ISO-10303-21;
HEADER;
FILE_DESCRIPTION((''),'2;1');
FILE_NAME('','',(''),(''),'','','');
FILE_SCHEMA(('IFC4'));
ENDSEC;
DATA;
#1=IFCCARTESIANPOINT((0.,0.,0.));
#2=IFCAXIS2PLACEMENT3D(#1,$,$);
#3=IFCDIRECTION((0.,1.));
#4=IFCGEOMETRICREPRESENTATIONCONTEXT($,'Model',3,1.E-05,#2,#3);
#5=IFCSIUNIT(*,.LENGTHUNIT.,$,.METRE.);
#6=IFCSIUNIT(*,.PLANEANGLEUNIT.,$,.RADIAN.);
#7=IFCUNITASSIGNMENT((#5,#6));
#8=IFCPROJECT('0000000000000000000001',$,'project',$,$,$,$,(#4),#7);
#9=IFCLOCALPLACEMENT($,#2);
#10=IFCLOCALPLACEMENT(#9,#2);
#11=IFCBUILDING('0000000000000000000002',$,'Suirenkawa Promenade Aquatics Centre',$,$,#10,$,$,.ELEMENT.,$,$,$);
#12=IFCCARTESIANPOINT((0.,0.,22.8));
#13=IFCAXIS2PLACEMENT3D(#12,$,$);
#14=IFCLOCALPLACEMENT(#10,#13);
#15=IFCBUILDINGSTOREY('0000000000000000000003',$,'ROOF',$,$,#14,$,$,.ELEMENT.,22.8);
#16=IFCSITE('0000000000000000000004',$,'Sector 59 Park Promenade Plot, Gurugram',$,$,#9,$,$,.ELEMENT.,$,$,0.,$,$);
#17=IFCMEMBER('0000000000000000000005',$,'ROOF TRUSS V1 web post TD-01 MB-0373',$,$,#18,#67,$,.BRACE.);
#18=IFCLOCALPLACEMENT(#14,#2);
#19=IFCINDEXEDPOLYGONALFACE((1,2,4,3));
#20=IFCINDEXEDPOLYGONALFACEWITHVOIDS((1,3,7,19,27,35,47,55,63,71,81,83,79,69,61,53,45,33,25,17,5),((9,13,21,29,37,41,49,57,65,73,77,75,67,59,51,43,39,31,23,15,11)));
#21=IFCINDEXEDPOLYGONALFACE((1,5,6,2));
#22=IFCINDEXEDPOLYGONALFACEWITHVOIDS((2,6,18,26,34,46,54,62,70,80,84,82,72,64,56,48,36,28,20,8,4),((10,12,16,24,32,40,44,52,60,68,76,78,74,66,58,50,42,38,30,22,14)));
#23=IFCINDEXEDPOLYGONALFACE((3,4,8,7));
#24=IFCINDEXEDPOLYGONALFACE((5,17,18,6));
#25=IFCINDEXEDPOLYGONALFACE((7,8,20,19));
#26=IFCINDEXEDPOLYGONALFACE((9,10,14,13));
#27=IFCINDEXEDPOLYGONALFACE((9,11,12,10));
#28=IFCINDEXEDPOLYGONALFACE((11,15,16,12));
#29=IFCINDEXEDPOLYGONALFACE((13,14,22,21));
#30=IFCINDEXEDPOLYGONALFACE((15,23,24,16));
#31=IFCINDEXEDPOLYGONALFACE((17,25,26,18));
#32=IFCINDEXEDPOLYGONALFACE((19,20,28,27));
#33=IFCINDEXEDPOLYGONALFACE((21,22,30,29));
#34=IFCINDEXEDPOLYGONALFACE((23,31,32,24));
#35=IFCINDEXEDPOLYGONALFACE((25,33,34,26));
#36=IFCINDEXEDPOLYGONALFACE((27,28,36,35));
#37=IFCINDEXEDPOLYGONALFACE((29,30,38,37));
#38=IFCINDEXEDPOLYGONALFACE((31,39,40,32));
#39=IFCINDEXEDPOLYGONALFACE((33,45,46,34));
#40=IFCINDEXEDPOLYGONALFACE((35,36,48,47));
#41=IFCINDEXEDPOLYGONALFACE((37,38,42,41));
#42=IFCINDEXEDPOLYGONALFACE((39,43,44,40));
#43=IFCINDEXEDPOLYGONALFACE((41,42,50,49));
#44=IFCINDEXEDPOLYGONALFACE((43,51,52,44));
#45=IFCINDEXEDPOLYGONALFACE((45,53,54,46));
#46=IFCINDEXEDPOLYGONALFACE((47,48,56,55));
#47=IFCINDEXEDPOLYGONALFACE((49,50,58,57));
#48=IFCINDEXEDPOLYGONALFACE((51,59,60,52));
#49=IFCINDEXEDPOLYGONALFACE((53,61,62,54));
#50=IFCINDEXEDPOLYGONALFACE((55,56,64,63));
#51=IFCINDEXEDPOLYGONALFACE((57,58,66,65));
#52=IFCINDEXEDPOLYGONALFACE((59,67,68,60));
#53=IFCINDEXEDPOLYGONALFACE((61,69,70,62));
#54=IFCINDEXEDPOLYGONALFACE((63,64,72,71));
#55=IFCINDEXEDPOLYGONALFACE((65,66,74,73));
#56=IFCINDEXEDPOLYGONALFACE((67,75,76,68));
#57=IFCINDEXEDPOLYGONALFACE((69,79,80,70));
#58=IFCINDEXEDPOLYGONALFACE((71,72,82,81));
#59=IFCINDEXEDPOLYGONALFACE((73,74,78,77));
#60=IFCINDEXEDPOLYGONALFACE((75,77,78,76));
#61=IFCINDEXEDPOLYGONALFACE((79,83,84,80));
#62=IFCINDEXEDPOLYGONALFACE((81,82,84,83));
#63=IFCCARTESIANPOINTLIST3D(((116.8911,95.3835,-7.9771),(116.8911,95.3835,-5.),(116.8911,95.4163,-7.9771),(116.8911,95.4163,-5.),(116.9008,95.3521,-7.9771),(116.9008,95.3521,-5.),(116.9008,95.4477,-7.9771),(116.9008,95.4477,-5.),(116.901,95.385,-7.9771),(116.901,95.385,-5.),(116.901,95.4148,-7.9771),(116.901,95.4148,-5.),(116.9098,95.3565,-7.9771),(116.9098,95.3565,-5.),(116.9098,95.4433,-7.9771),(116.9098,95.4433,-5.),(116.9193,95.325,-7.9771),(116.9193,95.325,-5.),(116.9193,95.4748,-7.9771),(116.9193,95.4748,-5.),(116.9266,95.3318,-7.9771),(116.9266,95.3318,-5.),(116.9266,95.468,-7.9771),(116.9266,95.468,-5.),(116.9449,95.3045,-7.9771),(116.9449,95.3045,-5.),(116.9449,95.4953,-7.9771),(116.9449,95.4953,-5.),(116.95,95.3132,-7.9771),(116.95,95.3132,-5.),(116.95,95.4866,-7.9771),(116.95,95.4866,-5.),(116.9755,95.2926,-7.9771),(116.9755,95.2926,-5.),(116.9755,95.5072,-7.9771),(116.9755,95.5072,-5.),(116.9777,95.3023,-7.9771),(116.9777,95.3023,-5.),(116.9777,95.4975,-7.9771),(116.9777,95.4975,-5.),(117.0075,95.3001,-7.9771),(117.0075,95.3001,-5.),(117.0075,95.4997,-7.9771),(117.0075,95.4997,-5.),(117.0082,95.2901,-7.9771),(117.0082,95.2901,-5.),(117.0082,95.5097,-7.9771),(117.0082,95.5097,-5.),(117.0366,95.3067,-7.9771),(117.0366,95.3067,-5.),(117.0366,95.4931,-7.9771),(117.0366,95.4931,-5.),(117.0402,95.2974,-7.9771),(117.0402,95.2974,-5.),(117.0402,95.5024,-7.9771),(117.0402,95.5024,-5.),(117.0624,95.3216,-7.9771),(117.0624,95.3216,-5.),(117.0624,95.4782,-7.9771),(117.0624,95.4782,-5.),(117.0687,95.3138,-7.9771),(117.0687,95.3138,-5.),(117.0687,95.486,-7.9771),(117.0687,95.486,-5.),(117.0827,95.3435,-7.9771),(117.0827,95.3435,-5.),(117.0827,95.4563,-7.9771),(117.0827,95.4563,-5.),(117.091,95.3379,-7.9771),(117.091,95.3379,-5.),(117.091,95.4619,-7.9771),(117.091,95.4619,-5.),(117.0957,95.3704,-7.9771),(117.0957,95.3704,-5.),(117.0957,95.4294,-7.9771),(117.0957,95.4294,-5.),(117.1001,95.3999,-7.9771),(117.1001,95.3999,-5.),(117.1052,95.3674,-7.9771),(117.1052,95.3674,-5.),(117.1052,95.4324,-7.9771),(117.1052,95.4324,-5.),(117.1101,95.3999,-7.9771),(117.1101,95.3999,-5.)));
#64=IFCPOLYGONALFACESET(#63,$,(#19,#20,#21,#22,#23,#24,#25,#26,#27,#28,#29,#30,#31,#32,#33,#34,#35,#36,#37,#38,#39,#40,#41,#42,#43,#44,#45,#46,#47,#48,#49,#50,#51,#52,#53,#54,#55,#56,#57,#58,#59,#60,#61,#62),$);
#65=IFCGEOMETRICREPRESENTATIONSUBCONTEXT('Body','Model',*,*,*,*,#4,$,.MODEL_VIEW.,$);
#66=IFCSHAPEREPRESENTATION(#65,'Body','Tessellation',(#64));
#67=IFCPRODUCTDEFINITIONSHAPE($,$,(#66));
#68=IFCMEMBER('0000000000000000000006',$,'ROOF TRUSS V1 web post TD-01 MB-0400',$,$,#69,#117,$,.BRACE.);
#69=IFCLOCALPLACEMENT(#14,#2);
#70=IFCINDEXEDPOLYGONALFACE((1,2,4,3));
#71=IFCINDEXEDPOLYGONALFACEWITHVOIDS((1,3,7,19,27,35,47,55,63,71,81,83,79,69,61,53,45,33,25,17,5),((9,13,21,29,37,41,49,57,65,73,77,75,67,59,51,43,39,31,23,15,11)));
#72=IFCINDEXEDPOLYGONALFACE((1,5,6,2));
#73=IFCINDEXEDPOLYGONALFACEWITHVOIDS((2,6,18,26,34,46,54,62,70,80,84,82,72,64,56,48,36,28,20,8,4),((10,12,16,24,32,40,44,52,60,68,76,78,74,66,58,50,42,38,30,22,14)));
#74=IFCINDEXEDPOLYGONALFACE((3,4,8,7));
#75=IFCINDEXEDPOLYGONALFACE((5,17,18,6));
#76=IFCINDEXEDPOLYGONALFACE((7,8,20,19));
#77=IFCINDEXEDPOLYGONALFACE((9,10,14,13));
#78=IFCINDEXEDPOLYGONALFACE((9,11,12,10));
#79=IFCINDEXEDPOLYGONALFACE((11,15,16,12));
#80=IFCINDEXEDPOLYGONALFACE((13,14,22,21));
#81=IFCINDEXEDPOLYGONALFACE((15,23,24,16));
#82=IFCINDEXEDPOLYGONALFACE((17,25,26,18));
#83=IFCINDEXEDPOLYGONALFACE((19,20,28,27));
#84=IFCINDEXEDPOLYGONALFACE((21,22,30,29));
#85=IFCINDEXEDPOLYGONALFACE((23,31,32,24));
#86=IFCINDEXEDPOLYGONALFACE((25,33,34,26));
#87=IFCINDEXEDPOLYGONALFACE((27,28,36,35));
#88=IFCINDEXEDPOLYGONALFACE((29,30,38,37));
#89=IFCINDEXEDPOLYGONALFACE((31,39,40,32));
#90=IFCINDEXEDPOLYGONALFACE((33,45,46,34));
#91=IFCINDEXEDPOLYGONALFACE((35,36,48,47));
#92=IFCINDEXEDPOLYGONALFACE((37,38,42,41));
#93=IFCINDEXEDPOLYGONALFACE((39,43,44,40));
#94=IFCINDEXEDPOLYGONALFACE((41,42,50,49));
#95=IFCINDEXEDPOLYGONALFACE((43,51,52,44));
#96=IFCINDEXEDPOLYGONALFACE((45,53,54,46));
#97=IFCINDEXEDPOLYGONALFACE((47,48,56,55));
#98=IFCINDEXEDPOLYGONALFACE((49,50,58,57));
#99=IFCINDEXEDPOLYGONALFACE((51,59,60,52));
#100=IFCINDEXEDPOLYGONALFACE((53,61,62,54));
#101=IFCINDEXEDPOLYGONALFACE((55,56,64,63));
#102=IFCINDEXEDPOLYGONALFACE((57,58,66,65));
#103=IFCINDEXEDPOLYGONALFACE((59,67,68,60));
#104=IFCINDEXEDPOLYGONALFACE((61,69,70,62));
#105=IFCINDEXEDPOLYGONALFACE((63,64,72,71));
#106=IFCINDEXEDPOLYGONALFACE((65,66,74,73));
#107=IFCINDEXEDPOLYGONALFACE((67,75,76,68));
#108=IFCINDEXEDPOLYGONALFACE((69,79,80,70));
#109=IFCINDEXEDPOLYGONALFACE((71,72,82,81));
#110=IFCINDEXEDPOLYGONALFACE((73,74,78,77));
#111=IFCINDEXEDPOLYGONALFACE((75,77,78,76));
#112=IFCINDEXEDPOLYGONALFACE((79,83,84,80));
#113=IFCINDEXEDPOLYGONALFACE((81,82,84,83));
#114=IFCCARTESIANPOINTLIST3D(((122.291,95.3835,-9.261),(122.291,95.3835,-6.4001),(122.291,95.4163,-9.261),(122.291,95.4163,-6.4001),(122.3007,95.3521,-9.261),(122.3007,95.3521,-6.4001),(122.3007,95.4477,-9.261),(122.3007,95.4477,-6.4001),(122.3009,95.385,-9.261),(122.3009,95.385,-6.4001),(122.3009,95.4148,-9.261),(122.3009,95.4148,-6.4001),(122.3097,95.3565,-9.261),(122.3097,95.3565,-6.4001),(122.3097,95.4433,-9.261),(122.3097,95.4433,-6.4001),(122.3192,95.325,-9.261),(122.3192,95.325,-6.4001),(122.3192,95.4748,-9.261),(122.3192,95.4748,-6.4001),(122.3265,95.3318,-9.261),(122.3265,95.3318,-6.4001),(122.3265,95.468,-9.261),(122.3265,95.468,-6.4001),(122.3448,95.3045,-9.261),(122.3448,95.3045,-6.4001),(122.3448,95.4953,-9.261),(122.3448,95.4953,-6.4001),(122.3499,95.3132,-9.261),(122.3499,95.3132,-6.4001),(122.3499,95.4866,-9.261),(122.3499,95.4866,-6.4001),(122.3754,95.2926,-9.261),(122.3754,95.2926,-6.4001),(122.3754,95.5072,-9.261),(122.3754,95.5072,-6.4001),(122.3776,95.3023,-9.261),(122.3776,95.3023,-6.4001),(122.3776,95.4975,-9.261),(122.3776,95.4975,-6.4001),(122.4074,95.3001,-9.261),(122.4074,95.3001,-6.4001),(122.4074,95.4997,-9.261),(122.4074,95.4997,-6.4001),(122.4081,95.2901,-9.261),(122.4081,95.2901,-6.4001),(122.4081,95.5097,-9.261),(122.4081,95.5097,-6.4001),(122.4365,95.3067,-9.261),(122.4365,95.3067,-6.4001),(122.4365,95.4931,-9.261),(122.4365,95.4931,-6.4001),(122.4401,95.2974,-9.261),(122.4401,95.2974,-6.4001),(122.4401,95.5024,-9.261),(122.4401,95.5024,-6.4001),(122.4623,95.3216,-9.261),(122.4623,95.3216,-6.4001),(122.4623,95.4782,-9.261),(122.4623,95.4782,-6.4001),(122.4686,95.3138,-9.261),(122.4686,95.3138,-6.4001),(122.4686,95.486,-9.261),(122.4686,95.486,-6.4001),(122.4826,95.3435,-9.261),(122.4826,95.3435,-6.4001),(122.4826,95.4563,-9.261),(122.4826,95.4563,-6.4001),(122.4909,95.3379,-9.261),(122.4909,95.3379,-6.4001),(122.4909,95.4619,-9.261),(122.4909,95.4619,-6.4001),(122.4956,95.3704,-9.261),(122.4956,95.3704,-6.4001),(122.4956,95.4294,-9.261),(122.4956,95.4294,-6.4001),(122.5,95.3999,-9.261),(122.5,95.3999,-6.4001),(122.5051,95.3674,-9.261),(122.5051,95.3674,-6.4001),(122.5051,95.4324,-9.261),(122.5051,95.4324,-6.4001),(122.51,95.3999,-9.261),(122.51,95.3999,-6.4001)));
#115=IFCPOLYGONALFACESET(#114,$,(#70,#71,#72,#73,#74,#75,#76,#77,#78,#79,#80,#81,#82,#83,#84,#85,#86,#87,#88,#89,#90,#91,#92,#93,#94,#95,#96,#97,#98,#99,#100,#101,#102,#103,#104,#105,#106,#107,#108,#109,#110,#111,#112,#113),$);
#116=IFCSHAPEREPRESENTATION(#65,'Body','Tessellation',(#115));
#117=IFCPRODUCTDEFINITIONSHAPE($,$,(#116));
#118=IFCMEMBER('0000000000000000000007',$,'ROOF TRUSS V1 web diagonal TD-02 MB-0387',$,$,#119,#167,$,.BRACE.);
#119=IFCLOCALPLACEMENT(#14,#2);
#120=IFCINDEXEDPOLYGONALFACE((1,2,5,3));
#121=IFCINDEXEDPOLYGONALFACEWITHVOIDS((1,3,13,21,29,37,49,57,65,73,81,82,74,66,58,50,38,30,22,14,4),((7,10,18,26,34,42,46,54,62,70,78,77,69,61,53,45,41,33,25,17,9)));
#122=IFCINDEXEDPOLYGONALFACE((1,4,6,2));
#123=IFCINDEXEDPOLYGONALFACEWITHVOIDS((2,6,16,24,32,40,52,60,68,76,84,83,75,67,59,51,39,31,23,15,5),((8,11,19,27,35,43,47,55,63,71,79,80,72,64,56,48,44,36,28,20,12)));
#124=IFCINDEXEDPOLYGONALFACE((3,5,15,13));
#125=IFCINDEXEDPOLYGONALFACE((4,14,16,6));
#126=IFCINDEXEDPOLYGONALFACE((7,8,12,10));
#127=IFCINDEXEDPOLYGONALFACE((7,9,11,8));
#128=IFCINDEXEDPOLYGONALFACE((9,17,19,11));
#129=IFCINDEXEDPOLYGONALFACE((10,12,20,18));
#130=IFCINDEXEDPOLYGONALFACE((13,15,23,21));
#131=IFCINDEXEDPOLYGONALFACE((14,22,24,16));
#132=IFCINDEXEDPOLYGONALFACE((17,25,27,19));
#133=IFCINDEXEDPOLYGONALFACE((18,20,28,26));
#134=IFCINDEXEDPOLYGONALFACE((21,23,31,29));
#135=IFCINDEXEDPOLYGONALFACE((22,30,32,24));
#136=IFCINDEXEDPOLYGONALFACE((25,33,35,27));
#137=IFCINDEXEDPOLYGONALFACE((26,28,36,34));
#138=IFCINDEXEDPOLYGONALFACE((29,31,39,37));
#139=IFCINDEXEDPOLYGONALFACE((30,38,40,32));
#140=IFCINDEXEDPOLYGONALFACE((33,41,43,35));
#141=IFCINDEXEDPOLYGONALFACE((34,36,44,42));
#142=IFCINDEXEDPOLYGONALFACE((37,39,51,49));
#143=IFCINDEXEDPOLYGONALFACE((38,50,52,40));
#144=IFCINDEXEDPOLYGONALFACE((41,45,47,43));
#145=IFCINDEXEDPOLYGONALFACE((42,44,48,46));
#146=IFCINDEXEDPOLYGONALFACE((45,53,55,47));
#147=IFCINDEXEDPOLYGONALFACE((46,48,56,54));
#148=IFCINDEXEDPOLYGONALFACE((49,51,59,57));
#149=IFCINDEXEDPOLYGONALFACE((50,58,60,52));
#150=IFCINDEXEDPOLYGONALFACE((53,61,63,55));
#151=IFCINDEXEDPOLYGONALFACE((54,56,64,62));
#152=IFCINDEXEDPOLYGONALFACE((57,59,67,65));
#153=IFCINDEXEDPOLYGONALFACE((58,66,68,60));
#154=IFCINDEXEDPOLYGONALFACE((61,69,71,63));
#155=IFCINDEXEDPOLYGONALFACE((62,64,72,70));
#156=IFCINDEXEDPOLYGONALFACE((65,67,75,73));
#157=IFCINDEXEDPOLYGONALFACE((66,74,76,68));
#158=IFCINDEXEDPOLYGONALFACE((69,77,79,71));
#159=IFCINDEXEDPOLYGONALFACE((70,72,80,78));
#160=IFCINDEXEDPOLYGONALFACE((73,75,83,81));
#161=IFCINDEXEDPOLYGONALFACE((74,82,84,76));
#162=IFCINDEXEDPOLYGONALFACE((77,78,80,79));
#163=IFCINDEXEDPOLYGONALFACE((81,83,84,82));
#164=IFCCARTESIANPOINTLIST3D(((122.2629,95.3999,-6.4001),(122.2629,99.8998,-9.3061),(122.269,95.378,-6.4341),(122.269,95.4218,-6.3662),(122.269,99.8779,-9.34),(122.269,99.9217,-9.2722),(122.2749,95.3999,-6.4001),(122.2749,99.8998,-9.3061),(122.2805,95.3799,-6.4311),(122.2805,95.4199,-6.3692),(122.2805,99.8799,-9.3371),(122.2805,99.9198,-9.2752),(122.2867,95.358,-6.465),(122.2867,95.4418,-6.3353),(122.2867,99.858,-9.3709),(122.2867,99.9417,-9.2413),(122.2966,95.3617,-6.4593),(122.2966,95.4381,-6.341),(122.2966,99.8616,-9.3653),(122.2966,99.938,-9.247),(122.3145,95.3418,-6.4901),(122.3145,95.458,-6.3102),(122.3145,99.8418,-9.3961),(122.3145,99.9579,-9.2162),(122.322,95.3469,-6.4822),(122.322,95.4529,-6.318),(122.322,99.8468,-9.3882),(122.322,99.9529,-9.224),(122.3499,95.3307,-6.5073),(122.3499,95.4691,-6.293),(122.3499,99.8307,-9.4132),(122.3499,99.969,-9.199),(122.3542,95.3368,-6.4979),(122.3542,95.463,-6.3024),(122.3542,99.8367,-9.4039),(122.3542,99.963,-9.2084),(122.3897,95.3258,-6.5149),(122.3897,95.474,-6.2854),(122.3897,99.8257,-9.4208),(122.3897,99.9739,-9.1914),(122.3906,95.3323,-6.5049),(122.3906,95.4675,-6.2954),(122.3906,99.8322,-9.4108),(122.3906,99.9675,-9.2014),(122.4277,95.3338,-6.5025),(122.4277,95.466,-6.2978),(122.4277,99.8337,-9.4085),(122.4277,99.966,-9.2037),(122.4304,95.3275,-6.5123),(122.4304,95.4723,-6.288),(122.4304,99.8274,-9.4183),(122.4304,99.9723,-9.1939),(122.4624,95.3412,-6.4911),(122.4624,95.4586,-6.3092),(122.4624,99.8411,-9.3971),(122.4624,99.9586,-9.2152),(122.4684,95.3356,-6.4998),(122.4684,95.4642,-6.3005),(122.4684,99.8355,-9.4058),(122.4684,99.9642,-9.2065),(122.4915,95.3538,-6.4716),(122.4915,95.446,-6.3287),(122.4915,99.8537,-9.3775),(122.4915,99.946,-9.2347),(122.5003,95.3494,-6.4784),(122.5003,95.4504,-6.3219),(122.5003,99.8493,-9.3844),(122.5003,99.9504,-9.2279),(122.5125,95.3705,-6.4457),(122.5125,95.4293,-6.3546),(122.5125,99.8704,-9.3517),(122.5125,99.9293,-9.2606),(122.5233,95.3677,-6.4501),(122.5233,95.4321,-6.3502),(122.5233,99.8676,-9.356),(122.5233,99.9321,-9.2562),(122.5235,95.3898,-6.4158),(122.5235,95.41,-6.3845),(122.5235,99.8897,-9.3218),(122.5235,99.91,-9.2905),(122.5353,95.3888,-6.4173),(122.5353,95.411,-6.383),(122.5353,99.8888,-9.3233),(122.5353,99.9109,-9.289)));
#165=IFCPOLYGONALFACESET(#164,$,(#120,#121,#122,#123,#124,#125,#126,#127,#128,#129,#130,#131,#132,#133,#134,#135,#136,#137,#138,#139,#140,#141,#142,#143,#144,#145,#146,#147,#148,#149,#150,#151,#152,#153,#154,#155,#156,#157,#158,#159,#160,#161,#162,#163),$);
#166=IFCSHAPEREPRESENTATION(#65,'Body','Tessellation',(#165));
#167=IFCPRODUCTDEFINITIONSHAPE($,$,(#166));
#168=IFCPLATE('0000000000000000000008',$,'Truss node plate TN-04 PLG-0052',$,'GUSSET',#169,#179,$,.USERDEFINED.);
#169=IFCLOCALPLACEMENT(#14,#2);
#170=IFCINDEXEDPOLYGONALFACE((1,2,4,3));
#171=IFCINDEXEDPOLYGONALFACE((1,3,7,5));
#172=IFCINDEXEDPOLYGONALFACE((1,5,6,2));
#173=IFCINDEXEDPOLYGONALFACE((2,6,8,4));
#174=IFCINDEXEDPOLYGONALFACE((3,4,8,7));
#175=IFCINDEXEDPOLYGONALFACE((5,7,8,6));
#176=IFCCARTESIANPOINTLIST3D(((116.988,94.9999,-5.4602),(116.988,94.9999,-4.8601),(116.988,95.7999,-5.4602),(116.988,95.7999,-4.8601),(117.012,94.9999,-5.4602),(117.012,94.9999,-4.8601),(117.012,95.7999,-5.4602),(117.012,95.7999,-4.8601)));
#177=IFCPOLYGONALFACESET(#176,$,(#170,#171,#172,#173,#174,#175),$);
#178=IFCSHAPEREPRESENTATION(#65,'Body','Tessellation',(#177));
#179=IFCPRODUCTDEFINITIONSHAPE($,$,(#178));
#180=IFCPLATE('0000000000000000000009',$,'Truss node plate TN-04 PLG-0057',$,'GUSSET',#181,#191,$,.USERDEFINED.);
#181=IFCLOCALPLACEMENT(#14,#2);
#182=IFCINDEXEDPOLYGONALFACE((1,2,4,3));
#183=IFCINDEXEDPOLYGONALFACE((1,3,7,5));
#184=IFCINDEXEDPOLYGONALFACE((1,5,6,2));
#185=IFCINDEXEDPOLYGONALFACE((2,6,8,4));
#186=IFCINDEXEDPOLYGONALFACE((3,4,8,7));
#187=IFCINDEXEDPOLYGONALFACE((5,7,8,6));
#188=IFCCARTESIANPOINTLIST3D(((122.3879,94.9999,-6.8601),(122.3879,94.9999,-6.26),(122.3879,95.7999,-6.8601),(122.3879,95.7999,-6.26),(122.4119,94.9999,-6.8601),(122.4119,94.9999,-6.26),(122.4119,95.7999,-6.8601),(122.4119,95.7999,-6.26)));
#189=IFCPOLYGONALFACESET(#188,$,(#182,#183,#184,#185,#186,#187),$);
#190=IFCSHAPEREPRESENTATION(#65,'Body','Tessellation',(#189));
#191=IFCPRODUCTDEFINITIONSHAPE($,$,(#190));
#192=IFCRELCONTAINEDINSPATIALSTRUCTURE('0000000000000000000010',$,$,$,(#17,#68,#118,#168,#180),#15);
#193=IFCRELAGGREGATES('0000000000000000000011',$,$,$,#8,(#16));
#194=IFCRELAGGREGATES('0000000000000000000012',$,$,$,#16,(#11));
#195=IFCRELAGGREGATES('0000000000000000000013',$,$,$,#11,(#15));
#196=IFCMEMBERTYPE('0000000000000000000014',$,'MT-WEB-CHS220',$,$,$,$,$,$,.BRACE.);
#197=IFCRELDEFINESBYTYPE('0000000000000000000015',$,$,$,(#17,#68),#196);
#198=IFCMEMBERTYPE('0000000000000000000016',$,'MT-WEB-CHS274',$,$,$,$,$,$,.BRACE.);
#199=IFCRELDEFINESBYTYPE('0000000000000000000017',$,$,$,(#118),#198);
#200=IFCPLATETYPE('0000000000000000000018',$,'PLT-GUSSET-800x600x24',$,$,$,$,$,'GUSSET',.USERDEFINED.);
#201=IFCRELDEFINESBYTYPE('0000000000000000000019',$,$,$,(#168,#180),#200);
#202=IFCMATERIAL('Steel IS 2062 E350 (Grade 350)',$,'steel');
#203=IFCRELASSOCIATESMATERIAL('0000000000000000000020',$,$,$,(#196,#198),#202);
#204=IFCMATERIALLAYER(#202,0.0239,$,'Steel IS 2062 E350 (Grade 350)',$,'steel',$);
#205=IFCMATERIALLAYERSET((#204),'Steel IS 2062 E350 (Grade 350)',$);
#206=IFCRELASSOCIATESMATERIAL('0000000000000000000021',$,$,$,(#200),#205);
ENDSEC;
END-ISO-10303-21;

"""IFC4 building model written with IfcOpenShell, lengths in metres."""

from ifc_helpers import new_model, si_unit, direction, frame, origin, origin_2d, place, context, subcontext, project, spatial, rectangle, hollow_circle, extrude, material, layer, layer_set, material_profile, profile_set, type_object, element, save


model = new_model("IFC4")

# Units and contexts
model_context = context("Model", 3, precision=1e-05, world=origin(), true_north=direction((0.0, 1.0)))
body_context = subcontext(model_context, "Body", "Model", "MODEL_VIEW")
ifc_project = project(units=[si_unit("LENGTHUNIT", "METRE"), si_unit("PLANEANGLEUNIT", "RADIAN")], contexts=[model_context])

# Site, building, storey
site_placement = place(None, origin())
site = spatial("IfcSite", under=ifc_project, at=site_placement, Name="Sector 59 Park Promenade Plot, Gurugram", CompositionType="ELEMENT", RefElevation=0.0)
building_placement = place(site_placement, origin())
building = spatial("IfcBuilding", under=site, at=building_placement, Name="Suirenkawa Promenade Aquatics Centre", CompositionType="ELEMENT")
storey_placement = place(building_placement, frame((0.0, 0.0, 22.8)))
storey = spatial("IfcBuildingStorey", under=building, at=storey_placement, Name="ROOF", CompositionType="ELEMENT", Elevation=22.8)

# Shared definitions
ifc_material_1 = material(Name="Steel IS 2062 E350 (Grade 350)", Category="steel")

# Members
ifc_material_profile_1 = material_profile(ifc_material_1, hollow_circle(Radius=0.1101, WallThickness=0.01, at=origin_2d()), Name="CHS 220x10", Category="steel")
ifc_profile_set_1 = profile_set([ifc_material_profile_1], Name="Steel IS 2062 E350 (Grade 350)")
member_type_1 = type_object("IfcMemberType", Name="MT-WEB-CHS220", PredefinedType="BRACE", material=ifc_profile_set_1)
member_1_placement = place(storey_placement, frame((117.0, 95.3999, -7.9771), z_axis=(0.0, 0.0, 1.0), x_axis=(1.0, 0.0, 0.0)))
element("IfcMember", 1, at=member_1_placement, inside=storey, type_object=member_type_1, Name="ROOF TRUSS V1 web post TD-01 MB-0373", PredefinedType="BRACE", context=body_context, shape_type="SweptSolid", body=[
    extrude(hollow_circle(Radius=0.1101, WallThickness=0.01, at=origin_2d()), origin(), (0.0, 0.0, 1.0), 2.9771),
])
member_2_placement = place(storey_placement, frame((122.3999, 95.3999, -9.261), z_axis=(0.0, 0.0, 1.0), x_axis=(1.0, 0.0, 0.0)))
element("IfcMember", 2, at=member_2_placement, inside=storey, type_object=member_type_1, Name="ROOF TRUSS V1 web post TD-01 MB-0400", PredefinedType="BRACE", context=body_context, shape_type="SweptSolid", body=[
    extrude(hollow_circle(Radius=0.1101, WallThickness=0.01, at=origin_2d()), origin(), (0.0, 0.0, 1.0), 2.8608),
])
ifc_material_profile_2 = material_profile(ifc_material_1, hollow_circle(Radius=0.137, WallThickness=0.012, at=origin_2d()), Name="CHS 274x12", Category="steel")
ifc_profile_set_2 = profile_set([ifc_material_profile_2], Name="Steel IS 2062 E350 (Grade 350)")
member_type_2 = type_object("IfcMemberType", Name="MT-WEB-CHS274", PredefinedType="BRACE", material=ifc_profile_set_2)
member_3_placement = place(storey_placement, frame((122.3999, 95.3999, -6.4001), z_axis=(0.0, 0.84006, -0.542493), x_axis=(-1.0, 0.0, 0.0)))
element("IfcMember", 3, at=member_3_placement, inside=storey, type_object=member_type_2, Name="ROOF TRUSS V1 web diagonal TD-02 MB-0387", PredefinedType="BRACE", context=body_context, shape_type="SweptSolid", body=[
    extrude(hollow_circle(Radius=0.137, WallThickness=0.012, at=origin_2d()), origin(), (0.0, 0.0, 1.0), 5.3567),
])

# Plates
ifc_layer_1 = layer(ifc_material_1, 0.0239, Name="Steel IS 2062 E350 (Grade 350)", Category="steel")
ifc_layer_set_1 = layer_set([ifc_layer_1], Name="Steel IS 2062 E350 (Grade 350)")
plate_type = type_object("IfcPlateType", Name="PLT-GUSSET-800x600x24", ElementType="GUSSET", PredefinedType="USERDEFINED", material=ifc_layer_set_1)
for number, where, z_axis, x_axis, name in (
    (4, (117.0, 95.3999, -5.4602), (0.0, 0.0, 1.0), (0.0, 1.0, 0.0), "Truss node plate TN-04 PLG-0052"),
    (5, (122.3999, 95.3999, -6.8601), (0.0, 0.0, 1.0), (0.0, 1.0, 0.0), "Truss node plate TN-04 PLG-0057"),
):
    element("IfcPlate", number, at=place(storey_placement, frame(where, z_axis=z_axis, x_axis=x_axis)), inside=storey, type_object=plate_type, Name=name, ObjectType="GUSSET", PredefinedType="USERDEFINED", context=body_context, shape_type="SweptSolid", body=[
        extrude(rectangle(XDim=0.8, YDim=0.0239, at=origin_2d()), origin(), (0.0, 0.0, 1.0), 0.6001),
    ])

save(model, "model.ifc")
